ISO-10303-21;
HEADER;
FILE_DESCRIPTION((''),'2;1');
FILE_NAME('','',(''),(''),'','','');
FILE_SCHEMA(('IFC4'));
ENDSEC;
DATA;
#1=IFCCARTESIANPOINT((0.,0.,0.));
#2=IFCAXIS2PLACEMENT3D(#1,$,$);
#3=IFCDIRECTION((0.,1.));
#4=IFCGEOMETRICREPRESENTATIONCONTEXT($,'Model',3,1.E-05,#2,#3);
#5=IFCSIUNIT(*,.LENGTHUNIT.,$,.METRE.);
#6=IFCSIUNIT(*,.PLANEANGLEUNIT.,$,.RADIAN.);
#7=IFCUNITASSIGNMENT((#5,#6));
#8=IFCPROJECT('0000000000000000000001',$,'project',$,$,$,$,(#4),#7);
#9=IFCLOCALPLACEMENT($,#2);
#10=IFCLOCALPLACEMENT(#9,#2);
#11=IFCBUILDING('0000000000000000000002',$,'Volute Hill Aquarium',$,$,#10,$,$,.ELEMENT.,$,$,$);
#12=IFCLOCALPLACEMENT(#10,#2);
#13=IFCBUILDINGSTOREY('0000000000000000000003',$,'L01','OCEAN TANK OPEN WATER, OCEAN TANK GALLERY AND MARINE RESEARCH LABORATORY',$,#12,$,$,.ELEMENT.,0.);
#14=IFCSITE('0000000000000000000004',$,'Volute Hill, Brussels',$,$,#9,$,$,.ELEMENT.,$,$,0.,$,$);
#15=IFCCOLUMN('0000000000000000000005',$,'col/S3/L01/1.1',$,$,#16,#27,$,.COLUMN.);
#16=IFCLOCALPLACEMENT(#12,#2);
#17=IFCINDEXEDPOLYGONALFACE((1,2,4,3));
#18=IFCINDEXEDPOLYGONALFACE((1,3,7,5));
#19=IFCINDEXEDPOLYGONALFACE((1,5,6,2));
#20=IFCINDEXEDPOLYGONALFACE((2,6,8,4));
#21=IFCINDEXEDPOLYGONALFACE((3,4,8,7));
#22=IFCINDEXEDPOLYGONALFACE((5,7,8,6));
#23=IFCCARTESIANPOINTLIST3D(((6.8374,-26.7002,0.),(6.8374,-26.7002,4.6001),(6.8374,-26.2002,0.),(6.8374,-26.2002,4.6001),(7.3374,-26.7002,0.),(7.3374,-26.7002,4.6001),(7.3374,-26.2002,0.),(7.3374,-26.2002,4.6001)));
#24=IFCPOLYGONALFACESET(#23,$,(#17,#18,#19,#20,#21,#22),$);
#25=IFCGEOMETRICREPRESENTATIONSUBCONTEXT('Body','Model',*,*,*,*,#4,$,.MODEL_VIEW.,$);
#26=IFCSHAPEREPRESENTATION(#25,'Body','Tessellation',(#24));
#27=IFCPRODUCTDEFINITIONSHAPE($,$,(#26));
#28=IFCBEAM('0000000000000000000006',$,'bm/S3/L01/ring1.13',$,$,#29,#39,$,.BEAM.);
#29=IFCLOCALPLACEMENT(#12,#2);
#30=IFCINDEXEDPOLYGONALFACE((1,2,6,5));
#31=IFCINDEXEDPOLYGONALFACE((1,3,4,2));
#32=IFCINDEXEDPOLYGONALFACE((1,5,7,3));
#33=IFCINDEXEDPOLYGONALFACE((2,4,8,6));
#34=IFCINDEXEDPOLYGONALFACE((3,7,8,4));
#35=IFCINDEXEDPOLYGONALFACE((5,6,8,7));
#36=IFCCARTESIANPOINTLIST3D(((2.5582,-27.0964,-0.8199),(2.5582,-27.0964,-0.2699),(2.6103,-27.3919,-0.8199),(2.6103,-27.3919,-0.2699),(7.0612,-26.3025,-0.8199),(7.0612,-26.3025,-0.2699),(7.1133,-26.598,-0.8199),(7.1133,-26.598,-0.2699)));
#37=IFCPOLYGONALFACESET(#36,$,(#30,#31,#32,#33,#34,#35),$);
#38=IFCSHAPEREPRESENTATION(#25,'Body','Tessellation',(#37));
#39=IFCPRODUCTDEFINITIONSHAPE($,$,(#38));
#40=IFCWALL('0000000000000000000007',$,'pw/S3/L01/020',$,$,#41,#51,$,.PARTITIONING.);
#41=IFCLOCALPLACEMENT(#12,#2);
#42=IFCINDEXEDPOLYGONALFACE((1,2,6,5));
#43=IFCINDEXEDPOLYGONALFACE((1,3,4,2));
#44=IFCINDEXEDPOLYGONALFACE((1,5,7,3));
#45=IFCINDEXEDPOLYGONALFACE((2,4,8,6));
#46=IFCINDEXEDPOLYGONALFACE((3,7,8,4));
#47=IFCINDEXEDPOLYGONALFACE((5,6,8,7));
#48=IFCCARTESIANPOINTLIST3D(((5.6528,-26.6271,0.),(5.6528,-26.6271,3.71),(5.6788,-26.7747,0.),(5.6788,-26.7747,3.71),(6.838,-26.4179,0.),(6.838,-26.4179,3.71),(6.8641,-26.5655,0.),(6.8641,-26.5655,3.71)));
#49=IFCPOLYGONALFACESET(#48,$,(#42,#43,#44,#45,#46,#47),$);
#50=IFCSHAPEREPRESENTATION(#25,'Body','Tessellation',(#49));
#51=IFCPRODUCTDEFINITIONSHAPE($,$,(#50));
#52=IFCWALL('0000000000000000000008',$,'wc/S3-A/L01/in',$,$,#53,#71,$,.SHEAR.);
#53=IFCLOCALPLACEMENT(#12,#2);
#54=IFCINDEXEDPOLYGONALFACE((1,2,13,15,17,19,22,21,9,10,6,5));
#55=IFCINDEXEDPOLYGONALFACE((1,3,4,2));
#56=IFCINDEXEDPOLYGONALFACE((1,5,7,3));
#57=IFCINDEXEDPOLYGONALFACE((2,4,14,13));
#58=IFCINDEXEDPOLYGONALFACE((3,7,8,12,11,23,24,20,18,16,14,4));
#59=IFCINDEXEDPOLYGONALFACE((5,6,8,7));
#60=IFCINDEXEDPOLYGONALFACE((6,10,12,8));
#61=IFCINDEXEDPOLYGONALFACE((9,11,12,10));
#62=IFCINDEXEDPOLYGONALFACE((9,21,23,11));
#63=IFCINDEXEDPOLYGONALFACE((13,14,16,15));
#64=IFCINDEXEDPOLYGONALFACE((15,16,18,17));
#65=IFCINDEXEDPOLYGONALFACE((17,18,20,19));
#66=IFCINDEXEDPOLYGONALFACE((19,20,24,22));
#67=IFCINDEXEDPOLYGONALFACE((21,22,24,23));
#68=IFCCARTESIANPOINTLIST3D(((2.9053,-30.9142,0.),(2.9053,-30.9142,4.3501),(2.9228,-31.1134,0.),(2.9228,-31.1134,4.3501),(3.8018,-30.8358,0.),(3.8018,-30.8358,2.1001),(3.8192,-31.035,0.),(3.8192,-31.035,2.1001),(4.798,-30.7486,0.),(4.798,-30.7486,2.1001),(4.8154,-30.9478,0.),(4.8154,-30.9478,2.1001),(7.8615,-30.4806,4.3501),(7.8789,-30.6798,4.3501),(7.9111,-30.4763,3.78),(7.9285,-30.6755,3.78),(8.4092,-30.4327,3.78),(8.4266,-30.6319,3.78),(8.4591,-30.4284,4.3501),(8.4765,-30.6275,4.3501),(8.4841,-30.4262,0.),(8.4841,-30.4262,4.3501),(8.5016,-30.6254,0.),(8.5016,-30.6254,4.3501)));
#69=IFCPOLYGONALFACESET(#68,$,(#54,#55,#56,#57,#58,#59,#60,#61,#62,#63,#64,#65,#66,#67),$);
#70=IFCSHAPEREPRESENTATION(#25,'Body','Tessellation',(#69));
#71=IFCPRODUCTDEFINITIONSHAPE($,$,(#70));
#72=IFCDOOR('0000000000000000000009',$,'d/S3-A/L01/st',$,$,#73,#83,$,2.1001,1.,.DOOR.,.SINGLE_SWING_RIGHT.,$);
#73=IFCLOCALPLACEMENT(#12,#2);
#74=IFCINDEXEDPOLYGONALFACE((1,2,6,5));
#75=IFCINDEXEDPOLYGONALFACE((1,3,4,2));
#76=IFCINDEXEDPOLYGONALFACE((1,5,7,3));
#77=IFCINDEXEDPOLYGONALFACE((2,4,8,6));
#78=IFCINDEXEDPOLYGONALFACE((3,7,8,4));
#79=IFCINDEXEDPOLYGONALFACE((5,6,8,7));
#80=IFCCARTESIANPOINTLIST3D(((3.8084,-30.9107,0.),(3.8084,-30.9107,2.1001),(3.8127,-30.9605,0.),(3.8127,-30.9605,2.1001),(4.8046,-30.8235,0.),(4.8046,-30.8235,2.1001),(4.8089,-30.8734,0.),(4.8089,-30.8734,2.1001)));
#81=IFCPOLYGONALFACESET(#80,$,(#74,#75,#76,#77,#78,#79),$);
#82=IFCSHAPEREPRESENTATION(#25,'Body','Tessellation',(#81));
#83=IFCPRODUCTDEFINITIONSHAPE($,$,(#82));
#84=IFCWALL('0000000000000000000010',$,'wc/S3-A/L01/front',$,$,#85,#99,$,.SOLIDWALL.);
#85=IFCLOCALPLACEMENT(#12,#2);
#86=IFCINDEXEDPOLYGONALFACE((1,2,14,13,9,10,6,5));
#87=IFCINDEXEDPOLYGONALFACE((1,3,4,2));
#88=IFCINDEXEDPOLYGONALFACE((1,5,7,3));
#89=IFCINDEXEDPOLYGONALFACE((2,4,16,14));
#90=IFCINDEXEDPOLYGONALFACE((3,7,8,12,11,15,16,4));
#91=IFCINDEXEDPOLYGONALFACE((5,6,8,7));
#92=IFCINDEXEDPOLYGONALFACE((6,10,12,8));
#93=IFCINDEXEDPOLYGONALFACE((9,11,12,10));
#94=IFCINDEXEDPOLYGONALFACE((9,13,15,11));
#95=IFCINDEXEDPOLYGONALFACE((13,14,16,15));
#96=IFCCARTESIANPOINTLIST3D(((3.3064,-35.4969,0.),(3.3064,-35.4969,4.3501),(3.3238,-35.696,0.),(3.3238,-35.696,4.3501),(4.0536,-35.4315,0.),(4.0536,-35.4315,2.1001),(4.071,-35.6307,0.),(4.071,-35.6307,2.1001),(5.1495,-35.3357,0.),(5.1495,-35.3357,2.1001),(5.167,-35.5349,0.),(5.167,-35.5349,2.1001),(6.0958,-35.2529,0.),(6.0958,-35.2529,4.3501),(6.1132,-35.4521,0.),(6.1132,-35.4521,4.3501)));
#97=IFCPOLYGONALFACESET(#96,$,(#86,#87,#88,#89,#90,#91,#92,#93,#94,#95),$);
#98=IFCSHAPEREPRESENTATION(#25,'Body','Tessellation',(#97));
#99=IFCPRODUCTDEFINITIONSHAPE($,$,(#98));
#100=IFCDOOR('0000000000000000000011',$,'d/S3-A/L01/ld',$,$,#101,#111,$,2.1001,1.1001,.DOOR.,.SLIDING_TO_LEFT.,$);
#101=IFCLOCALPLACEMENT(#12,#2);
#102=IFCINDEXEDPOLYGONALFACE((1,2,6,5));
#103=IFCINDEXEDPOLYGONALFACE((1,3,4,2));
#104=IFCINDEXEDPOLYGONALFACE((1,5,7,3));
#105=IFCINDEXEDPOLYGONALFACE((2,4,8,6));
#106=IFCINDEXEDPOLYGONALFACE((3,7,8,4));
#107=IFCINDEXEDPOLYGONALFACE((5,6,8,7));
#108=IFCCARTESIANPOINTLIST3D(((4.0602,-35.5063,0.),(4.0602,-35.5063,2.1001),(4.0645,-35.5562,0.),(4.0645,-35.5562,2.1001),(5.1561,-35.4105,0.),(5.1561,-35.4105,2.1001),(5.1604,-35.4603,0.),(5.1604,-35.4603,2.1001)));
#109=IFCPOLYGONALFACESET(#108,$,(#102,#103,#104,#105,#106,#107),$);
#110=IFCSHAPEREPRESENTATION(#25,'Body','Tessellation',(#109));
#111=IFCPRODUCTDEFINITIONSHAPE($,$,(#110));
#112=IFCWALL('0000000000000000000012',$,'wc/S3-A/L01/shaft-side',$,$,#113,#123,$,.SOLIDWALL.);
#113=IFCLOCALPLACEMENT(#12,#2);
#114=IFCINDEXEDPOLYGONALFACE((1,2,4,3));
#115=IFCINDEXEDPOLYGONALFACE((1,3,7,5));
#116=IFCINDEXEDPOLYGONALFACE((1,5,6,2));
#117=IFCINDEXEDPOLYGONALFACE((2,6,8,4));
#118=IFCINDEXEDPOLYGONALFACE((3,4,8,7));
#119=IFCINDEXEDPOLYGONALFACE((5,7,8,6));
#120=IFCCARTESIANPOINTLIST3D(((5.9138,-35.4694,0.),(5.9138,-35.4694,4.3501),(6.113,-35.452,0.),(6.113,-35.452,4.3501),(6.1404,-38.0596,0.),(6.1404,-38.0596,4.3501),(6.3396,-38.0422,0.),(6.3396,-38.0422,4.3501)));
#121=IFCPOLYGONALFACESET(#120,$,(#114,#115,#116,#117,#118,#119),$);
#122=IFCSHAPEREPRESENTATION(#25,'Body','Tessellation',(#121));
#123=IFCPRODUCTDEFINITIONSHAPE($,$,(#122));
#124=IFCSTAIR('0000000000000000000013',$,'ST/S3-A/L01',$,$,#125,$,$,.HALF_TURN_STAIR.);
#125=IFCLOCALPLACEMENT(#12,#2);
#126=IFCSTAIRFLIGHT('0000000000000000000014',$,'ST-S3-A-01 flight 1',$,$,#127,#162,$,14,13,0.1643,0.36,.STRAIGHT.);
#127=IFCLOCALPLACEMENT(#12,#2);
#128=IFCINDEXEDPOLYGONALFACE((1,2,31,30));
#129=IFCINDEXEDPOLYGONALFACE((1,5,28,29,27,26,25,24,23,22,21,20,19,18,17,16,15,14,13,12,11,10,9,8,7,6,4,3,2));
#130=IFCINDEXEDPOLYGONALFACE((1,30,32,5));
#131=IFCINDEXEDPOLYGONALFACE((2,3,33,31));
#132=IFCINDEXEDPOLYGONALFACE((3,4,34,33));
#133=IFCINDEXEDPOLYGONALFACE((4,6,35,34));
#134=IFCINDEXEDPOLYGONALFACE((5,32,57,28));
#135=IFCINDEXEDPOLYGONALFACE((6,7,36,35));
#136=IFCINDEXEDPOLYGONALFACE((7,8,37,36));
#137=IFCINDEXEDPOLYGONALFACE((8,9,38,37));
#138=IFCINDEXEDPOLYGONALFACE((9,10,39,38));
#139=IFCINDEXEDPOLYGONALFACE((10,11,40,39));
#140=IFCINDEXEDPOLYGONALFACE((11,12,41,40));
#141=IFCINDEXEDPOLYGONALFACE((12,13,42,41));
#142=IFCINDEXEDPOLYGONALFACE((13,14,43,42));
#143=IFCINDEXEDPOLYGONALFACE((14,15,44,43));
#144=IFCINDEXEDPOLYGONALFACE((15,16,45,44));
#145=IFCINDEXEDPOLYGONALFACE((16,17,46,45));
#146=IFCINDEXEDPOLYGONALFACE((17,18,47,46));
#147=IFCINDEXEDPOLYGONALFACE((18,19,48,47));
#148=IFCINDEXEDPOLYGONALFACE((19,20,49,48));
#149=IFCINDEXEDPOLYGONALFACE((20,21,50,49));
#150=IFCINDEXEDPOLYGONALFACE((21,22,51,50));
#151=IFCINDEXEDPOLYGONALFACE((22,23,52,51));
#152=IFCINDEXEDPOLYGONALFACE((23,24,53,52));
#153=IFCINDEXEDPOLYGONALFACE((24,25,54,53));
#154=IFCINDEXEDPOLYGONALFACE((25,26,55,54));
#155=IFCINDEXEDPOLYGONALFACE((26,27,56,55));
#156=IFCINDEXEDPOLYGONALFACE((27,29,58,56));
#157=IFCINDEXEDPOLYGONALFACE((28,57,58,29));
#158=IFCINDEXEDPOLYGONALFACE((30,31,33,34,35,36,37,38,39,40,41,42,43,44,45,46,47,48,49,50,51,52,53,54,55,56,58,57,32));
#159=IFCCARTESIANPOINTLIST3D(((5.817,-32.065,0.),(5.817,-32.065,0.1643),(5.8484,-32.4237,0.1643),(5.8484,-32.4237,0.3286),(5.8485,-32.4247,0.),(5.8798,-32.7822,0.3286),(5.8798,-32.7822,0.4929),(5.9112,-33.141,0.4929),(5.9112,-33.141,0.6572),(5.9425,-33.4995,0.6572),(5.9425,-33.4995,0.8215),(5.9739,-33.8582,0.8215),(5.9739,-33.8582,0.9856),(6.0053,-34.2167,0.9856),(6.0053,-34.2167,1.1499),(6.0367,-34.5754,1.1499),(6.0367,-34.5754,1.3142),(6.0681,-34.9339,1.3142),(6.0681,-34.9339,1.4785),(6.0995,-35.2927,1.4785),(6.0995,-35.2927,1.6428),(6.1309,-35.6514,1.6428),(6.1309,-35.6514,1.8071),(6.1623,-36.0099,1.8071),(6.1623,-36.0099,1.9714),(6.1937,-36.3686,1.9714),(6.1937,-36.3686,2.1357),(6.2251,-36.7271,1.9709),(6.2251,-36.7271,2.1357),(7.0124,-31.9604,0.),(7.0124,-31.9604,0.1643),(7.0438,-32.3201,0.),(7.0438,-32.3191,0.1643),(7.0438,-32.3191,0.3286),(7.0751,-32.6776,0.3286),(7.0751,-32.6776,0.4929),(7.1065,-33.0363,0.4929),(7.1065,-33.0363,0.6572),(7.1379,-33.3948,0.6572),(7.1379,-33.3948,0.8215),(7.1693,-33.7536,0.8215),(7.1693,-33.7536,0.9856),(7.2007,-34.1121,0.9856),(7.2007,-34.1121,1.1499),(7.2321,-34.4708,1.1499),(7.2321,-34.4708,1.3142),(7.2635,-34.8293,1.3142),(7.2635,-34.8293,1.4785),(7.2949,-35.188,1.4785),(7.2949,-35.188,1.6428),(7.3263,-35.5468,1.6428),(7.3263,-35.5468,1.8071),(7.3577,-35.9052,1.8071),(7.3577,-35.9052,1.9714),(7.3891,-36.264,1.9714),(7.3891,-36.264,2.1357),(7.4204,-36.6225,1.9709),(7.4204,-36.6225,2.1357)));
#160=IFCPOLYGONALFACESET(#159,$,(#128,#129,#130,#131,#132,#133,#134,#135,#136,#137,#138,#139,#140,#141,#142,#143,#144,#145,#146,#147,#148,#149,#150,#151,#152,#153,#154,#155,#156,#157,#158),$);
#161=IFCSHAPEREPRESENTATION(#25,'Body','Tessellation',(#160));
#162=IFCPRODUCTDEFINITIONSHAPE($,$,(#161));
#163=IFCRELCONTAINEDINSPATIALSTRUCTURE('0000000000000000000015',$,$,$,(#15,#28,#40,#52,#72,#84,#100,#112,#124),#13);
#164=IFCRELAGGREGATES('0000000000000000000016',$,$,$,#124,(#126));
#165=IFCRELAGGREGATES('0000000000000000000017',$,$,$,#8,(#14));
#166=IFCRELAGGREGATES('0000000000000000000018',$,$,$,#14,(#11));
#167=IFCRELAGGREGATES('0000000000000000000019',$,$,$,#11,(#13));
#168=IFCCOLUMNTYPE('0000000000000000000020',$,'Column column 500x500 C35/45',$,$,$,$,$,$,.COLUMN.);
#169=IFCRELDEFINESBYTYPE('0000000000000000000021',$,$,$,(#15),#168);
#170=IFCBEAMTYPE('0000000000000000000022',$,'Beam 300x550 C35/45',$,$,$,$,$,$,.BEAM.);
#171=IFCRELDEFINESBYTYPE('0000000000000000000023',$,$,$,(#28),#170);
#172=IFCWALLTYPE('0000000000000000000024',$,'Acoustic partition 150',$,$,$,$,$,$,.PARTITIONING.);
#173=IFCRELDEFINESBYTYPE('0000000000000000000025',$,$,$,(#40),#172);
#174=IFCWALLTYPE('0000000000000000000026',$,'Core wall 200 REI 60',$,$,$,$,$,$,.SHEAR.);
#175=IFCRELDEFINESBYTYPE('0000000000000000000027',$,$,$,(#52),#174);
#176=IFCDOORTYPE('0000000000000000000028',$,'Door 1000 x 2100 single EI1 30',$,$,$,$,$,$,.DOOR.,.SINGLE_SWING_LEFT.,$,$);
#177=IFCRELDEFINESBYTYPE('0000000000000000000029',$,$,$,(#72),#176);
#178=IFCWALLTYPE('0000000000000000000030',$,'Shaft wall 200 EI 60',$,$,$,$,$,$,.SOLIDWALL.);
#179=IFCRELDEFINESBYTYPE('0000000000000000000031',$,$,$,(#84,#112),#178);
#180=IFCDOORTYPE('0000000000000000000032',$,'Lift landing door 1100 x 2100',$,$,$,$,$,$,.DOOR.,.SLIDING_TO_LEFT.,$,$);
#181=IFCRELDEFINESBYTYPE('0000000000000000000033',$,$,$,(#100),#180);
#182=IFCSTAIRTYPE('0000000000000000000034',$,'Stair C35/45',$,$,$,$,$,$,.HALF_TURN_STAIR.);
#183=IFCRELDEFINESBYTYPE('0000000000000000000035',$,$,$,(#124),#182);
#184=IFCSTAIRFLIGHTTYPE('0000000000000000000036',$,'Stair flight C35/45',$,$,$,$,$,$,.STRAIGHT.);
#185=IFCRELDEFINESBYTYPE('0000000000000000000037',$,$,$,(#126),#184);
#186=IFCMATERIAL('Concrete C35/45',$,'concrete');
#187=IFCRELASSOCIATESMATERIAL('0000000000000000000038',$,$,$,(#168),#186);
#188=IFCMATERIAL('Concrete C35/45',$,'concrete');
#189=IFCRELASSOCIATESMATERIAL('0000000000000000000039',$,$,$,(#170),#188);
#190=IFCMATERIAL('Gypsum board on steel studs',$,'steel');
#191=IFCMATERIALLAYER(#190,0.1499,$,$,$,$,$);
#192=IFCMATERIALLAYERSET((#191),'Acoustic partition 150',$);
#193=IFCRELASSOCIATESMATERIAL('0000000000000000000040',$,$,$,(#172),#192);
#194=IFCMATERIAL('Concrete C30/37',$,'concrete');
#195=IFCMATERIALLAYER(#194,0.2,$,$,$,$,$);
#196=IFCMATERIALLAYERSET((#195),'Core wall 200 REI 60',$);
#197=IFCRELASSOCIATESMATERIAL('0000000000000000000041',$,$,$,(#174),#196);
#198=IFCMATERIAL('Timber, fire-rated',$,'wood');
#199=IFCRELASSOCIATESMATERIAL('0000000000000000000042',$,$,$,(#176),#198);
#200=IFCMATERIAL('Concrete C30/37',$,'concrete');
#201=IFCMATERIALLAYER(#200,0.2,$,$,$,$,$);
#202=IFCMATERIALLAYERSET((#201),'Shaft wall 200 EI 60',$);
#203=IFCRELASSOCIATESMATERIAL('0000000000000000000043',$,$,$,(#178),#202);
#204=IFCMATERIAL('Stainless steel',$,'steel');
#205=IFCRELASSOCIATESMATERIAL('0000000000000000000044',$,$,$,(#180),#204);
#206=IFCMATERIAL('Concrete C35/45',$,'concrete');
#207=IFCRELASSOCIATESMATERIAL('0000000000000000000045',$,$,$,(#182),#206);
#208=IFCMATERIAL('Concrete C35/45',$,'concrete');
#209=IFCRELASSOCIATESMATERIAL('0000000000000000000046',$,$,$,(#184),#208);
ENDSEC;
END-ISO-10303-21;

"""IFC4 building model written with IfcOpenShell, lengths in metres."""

from ifc_helpers import new_model, si_unit, direction, frame, frame_2d, origin, origin_2d, place, context, subcontext, project, spatial, polyline, rectangle, outline, extrude, material, layer, layer_set, material_profile, profile_set, type_object, element, fill, aggregate, save


model = new_model("IFC4")

# Units and contexts
model_context = context("Model", 3, precision=1e-05, world=origin(), true_north=direction((0.0, 1.0)))
body_context = subcontext(model_context, "Body", "Model", "MODEL_VIEW")
ifc_project = project(units=[si_unit("LENGTHUNIT", "METRE"), si_unit("PLANEANGLEUNIT", "RADIAN")], contexts=[model_context])

# Site, building, storey
site_placement = place(None, origin())
site = spatial("IfcSite", under=ifc_project, at=site_placement, Name="Volute Hill, Brussels", CompositionType="ELEMENT", RefElevation=0.0)
building_placement = place(site_placement, origin())
building = spatial("IfcBuilding", under=site, at=building_placement, Name="Volute Hill Aquarium", CompositionType="ELEMENT")
storey_placement = place(building_placement, origin())
storey = spatial("IfcBuildingStorey", under=building, at=storey_placement, Name="L01", Description="OCEAN TANK OPEN WATER, OCEAN TANK GALLERY AND MARINE RESEARCH LABORATORY", CompositionType="ELEMENT", Elevation=0.0)

# Column
ifc_material_1 = material(Name="Concrete C35/45", Category="concrete")
ifc_material_profile_1 = material_profile(ifc_material_1, rectangle(XDim=0.5, YDim=0.5, at=origin_2d()), Name="RC column 500x500")
ifc_profile_set_1 = profile_set([ifc_material_profile_1], Name="Concrete C35/45")
column_type = type_object("IfcColumnType", Name="Column column 500x500 C35/45", PredefinedType="COLUMN", material=ifc_profile_set_1)
column_placement = place(storey_placement, frame((7.0874, -26.4502, 0.0), z_axis=(0.0, 0.0, 1.0), x_axis=(1.0, 0.0, 0.0)))
element("IfcColumn", 1, at=column_placement, inside=storey, type_object=column_type, Name="col/S3/L01/1.1", PredefinedType="COLUMN", context=body_context, shape_type="SweptSolid", body=[
    extrude(rectangle(XDim=0.5, YDim=0.5, at=origin_2d()), origin(), (0.0, 0.0, 1.0), 4.6001),
])

# Beam
ifc_material_2 = material(Name="Concrete C35/45", Category="concrete")
ifc_material_profile_2 = material_profile(ifc_material_2, rectangle(XDim=0.3, YDim=0.55, at=origin_2d()), Name="RC beam 300x550")
ifc_profile_set_2 = profile_set([ifc_material_profile_2], Name="Concrete C35/45")
beam_type = type_object("IfcBeamType", Name="Beam 300x550 C35/45", PredefinedType="BEAM", material=ifc_profile_set_2)
beam_placement = place(storey_placement, frame((2.5842, -27.2441, -0.5449), z_axis=(0.984811, 0.17363, 0.0), x_axis=(-0.17363, 0.984811, 0.0)))
element("IfcBeam", 2, at=beam_placement, inside=storey, type_object=beam_type, Name="bm/S3/L01/ring1.13", PredefinedType="BEAM", context=body_context, shape_type="SweptSolid", body=[
    extrude(rectangle(XDim=0.3, YDim=0.55, at=origin_2d()), origin(), (0.0, 0.0, 1.0), 4.5725),
])

# Wall
ifc_material_3 = material(Name="Gypsum board on steel studs", Category="steel")
ifc_layer_1 = layer(ifc_material_3, 0.1499)
ifc_layer_set_1 = layer_set([ifc_layer_1], Name="Acoustic partition 150")
wall_type_1 = type_object("IfcWallType", Name="Acoustic partition 150", PredefinedType="PARTITIONING", material=ifc_layer_set_1)
wall_1_placement = place(storey_placement, frame((6.8511, -26.4917, 0.0), z_axis=(0.0, 0.0, 1.0), x_axis=(-0.984775, -0.173832, 0.0)))
element("IfcWall", 3, at=wall_1_placement, inside=storey, type_object=wall_type_1, Name="pw/S3/L01/020", PredefinedType="PARTITIONING", context=body_context, shape_type="SweptSolid", body=[
    extrude(rectangle(XDim=1.2036, YDim=0.1499, at=frame_2d((0.6018, 0.0))), origin(), (0.0, 0.0, 1.0), 3.71),
])

# Walls, openings, doors
ifc_material_4 = material(Name="Concrete C30/37", Category="concrete")
ifc_layer_2 = layer(ifc_material_4, 0.2)
ifc_layer_set_2 = layer_set([ifc_layer_2], Name="Core wall 200 REI 60")
wall_type_2 = type_object("IfcWallType", Name="Core wall 200 REI 60", PredefinedType="SHEAR", material=ifc_layer_set_2)
wall_2_placement = place(storey_placement, frame((2.9141, -31.0139, 0.0), z_axis=(0.0, 0.0, 1.0), x_axis=(0.996195, 0.087147, 0.0)))
wall_2 = element("IfcWall", 4, at=wall_2_placement, inside=storey, type_object=wall_type_2, Name="wc/S3-A/L01/in", PredefinedType="SHEAR", context=body_context, shape_type="SweptSolid", body=[
    extrude(outline(polyline([(0.0, 0.0), (5.6001, 0.0), (5.6001, 4.3501), (5.575, 4.3501), (5.5249, 3.78), (5.0249, 3.78), (4.9751, 4.3501), (0.0, 4.3501), (0.0, 0.0)])), frame((0.0, 0.1001, 0.0), z_axis=(0.0, -1.0, 0.0), x_axis=(1.0, 0.0, 0.0)), (0.0, 0.0, 1.0), 0.2),
])
opening_1_placement = place(wall_2_placement, frame((0.8999, 0.0, 0.0)))
opening_1 = element("IfcOpeningElement", 5, at=opening_1_placement, cuts=wall_2, PredefinedType="OPENING", context=body_context, shape_type="SweptSolid", body=[
    extrude(rectangle(XDim=1.0, YDim=2.1001, at=frame_2d((0.5, 1.05))), frame((0.0, 0.1099, 0.0), z_axis=(0.0, -1.0, 0.0), x_axis=(1.0, 0.0, 0.0)), (0.0, 0.0, 1.0), 0.22),
])
ifc_material_5 = material(Name="Timber, fire-rated", Category="wood")
door_type_1 = type_object("IfcDoorType", Name="Door 1000 x 2100 single EI1 30", OperationType="SINGLE_SWING_LEFT", PredefinedType="DOOR", material=ifc_material_5)
door_1_placement = place(opening_1_placement, origin())
door_1 = element("IfcDoor", 6, at=door_1_placement, inside=storey, type_object=door_type_1, Name="d/S3-A/L01/st", OperationType="SINGLE_SWING_RIGHT", OverallHeight=2.1001, OverallWidth=1.0, PredefinedType="DOOR", context=body_context, shape_type="SweptSolid", body=[
    extrude(rectangle(XDim=1.0, YDim=2.1001, at=frame_2d((0.5, 1.05))), frame((0.0, 0.0249, 0.0), z_axis=(0.0, -1.0, 0.0), x_axis=(1.0, 0.0, 0.0)), (0.0, 0.0, 1.0), 0.05),
])
fill(opening_1, door_1)
ifc_material_6 = material(Name="Concrete C30/37", Category="concrete")
ifc_layer_3 = layer(ifc_material_6, 0.2)
ifc_layer_set_3 = layer_set([ifc_layer_3], Name="Shaft wall 200 EI 60")
wall_type_3 = type_object("IfcWallType", Name="Shaft wall 200 EI 60", PredefinedType="SOLIDWALL", material=ifc_layer_set_3)
wall_3_placement = place(storey_placement, frame((3.3152, -35.5964, 0.0), z_axis=(0.0, 0.0, 1.0), x_axis=(0.996199, 0.087107, 0.0)))
wall_3 = element("IfcWall", 7, at=wall_3_placement, inside=storey, type_object=wall_type_3, Name="wc/S3-A/L01/front", PredefinedType="SOLIDWALL", context=body_context, shape_type="SweptSolid", body=[
    extrude(rectangle(XDim=2.8, YDim=0.2, at=frame_2d((1.3999, 0.0))), origin(), (0.0, 0.0, 1.0), 4.3501),
])
opening_2_placement = place(wall_3_placement, frame((0.75, 0.0, 0.0)))
opening_2 = element("IfcOpeningElement", 8, at=opening_2_placement, cuts=wall_3, PredefinedType="OPENING", context=body_context, shape_type="SweptSolid", body=[
    extrude(rectangle(XDim=1.1001, YDim=2.1001, at=frame_2d((0.55, 1.05))), frame((0.0, 0.1099, 0.0), z_axis=(0.0, -1.0, 0.0), x_axis=(1.0, 0.0, 0.0)), (0.0, 0.0, 1.0), 0.22),
])
ifc_material_7 = material(Name="Stainless steel", Category="steel")
door_type_2 = type_object("IfcDoorType", Name="Lift landing door 1100 x 2100", OperationType="SLIDING_TO_LEFT", PredefinedType="DOOR", material=ifc_material_7)
door_2_placement = place(opening_2_placement, origin())
door_2 = element("IfcDoor", 9, at=door_2_placement, inside=storey, type_object=door_type_2, Name="d/S3-A/L01/ld", OperationType="SLIDING_TO_LEFT", OverallHeight=2.1001, OverallWidth=1.1001, PredefinedType="DOOR", context=body_context, shape_type="SweptSolid", body=[
    extrude(rectangle(XDim=1.1001, YDim=2.1001, at=frame_2d((0.55, 1.05))), frame((0.0, 0.0249, 0.0), z_axis=(0.0, -1.0, 0.0), x_axis=(1.0, 0.0, 0.0)), (0.0, 0.0, 1.0), 0.05),
])
fill(opening_2, door_2)

# Wall
wall_4_placement = place(storey_placement, frame((6.0134, -35.4607, 0.0), z_axis=(0.0, 0.0, 1.0), x_axis=(0.08714, -0.996196, 0.0)))
element("IfcWall", 10, at=wall_4_placement, inside=storey, type_object=wall_type_3, Name="wc/S3-A/L01/shaft-side", PredefinedType="SOLIDWALL", context=body_context, shape_type="SweptSolid", body=[
    extrude(rectangle(XDim=2.6001, YDim=0.2, at=frame_2d((1.3, 0.0))), origin(), (0.0, 0.0, 1.0), 4.3501),
])

# Stair, stair flight
ifc_material_8 = material(Name="Concrete C35/45", Category="concrete")
stair_type = type_object("IfcStairType", Name="Stair C35/45", PredefinedType="HALF_TURN_STAIR", material=ifc_material_8)
stair_placement = place(storey_placement, origin())
stair = element("IfcStair", 11, at=stair_placement, inside=storey, type_object=stair_type, Name="ST/S3-A/L01", PredefinedType="HALF_TURN_STAIR")
ifc_material_9 = material(Name="Concrete C35/45", Category="concrete")
stair_flight_type = type_object("IfcStairFlightType", Name="Stair flight C35/45", PredefinedType="STRAIGHT", material=ifc_material_9)
stair_flight_placement = place(storey_placement, frame((6.4146, -32.0127, 0.0), z_axis=(0.0, 0.0, 1.0), x_axis=(0.087199, -0.996191, 0.0)))
stair_flight = element("IfcStairFlight", 12, at=stair_flight_placement, type_object=stair_flight_type, Name="ST-S3-A-01 flight 1", NumberOfRisers=14, NumberOfTreads=13, PredefinedType="STRAIGHT", RiserHeight=0.1643, TreadLength=0.36, context=body_context, shape_type="SweptSolid", body=[
    extrude(outline(polyline([(0.0, 0.0), (0.0, 0.1643), (0.3601, 0.1643), (0.3601, 0.3286), (0.72, 0.3286), (0.72, 0.4929), (1.0801, 0.4929), (1.0801, 0.6572), (1.4399, 0.6572), (1.4399, 0.8215), (1.8, 0.8215), (1.8, 0.9856), (2.1599, 0.9856), (2.1599, 1.1499), (2.52, 1.1499), (2.52, 1.3142), (2.8799, 1.3142), (2.8799, 1.4785), (3.24, 1.4785), (3.24, 1.6428), (3.6001, 1.6428), (3.6001, 1.8071), (3.96, 1.8071), (3.96, 1.9714), (4.3201, 1.9714), (4.3201, 2.1357), (4.6799, 2.1357), (4.6799, 2.3), (4.6799, 1.9709), (0.3611, 0.0), (0.0, 0.0)])), frame((0.0, 0.6001, 0.0), z_axis=(0.0, -1.0, 0.0), x_axis=(1.0, 0.0, 0.0)), (0.0, 0.0, 1.0), 1.2),
])
aggregate(stair, [stair_flight])

save(model, "model.ifc")
